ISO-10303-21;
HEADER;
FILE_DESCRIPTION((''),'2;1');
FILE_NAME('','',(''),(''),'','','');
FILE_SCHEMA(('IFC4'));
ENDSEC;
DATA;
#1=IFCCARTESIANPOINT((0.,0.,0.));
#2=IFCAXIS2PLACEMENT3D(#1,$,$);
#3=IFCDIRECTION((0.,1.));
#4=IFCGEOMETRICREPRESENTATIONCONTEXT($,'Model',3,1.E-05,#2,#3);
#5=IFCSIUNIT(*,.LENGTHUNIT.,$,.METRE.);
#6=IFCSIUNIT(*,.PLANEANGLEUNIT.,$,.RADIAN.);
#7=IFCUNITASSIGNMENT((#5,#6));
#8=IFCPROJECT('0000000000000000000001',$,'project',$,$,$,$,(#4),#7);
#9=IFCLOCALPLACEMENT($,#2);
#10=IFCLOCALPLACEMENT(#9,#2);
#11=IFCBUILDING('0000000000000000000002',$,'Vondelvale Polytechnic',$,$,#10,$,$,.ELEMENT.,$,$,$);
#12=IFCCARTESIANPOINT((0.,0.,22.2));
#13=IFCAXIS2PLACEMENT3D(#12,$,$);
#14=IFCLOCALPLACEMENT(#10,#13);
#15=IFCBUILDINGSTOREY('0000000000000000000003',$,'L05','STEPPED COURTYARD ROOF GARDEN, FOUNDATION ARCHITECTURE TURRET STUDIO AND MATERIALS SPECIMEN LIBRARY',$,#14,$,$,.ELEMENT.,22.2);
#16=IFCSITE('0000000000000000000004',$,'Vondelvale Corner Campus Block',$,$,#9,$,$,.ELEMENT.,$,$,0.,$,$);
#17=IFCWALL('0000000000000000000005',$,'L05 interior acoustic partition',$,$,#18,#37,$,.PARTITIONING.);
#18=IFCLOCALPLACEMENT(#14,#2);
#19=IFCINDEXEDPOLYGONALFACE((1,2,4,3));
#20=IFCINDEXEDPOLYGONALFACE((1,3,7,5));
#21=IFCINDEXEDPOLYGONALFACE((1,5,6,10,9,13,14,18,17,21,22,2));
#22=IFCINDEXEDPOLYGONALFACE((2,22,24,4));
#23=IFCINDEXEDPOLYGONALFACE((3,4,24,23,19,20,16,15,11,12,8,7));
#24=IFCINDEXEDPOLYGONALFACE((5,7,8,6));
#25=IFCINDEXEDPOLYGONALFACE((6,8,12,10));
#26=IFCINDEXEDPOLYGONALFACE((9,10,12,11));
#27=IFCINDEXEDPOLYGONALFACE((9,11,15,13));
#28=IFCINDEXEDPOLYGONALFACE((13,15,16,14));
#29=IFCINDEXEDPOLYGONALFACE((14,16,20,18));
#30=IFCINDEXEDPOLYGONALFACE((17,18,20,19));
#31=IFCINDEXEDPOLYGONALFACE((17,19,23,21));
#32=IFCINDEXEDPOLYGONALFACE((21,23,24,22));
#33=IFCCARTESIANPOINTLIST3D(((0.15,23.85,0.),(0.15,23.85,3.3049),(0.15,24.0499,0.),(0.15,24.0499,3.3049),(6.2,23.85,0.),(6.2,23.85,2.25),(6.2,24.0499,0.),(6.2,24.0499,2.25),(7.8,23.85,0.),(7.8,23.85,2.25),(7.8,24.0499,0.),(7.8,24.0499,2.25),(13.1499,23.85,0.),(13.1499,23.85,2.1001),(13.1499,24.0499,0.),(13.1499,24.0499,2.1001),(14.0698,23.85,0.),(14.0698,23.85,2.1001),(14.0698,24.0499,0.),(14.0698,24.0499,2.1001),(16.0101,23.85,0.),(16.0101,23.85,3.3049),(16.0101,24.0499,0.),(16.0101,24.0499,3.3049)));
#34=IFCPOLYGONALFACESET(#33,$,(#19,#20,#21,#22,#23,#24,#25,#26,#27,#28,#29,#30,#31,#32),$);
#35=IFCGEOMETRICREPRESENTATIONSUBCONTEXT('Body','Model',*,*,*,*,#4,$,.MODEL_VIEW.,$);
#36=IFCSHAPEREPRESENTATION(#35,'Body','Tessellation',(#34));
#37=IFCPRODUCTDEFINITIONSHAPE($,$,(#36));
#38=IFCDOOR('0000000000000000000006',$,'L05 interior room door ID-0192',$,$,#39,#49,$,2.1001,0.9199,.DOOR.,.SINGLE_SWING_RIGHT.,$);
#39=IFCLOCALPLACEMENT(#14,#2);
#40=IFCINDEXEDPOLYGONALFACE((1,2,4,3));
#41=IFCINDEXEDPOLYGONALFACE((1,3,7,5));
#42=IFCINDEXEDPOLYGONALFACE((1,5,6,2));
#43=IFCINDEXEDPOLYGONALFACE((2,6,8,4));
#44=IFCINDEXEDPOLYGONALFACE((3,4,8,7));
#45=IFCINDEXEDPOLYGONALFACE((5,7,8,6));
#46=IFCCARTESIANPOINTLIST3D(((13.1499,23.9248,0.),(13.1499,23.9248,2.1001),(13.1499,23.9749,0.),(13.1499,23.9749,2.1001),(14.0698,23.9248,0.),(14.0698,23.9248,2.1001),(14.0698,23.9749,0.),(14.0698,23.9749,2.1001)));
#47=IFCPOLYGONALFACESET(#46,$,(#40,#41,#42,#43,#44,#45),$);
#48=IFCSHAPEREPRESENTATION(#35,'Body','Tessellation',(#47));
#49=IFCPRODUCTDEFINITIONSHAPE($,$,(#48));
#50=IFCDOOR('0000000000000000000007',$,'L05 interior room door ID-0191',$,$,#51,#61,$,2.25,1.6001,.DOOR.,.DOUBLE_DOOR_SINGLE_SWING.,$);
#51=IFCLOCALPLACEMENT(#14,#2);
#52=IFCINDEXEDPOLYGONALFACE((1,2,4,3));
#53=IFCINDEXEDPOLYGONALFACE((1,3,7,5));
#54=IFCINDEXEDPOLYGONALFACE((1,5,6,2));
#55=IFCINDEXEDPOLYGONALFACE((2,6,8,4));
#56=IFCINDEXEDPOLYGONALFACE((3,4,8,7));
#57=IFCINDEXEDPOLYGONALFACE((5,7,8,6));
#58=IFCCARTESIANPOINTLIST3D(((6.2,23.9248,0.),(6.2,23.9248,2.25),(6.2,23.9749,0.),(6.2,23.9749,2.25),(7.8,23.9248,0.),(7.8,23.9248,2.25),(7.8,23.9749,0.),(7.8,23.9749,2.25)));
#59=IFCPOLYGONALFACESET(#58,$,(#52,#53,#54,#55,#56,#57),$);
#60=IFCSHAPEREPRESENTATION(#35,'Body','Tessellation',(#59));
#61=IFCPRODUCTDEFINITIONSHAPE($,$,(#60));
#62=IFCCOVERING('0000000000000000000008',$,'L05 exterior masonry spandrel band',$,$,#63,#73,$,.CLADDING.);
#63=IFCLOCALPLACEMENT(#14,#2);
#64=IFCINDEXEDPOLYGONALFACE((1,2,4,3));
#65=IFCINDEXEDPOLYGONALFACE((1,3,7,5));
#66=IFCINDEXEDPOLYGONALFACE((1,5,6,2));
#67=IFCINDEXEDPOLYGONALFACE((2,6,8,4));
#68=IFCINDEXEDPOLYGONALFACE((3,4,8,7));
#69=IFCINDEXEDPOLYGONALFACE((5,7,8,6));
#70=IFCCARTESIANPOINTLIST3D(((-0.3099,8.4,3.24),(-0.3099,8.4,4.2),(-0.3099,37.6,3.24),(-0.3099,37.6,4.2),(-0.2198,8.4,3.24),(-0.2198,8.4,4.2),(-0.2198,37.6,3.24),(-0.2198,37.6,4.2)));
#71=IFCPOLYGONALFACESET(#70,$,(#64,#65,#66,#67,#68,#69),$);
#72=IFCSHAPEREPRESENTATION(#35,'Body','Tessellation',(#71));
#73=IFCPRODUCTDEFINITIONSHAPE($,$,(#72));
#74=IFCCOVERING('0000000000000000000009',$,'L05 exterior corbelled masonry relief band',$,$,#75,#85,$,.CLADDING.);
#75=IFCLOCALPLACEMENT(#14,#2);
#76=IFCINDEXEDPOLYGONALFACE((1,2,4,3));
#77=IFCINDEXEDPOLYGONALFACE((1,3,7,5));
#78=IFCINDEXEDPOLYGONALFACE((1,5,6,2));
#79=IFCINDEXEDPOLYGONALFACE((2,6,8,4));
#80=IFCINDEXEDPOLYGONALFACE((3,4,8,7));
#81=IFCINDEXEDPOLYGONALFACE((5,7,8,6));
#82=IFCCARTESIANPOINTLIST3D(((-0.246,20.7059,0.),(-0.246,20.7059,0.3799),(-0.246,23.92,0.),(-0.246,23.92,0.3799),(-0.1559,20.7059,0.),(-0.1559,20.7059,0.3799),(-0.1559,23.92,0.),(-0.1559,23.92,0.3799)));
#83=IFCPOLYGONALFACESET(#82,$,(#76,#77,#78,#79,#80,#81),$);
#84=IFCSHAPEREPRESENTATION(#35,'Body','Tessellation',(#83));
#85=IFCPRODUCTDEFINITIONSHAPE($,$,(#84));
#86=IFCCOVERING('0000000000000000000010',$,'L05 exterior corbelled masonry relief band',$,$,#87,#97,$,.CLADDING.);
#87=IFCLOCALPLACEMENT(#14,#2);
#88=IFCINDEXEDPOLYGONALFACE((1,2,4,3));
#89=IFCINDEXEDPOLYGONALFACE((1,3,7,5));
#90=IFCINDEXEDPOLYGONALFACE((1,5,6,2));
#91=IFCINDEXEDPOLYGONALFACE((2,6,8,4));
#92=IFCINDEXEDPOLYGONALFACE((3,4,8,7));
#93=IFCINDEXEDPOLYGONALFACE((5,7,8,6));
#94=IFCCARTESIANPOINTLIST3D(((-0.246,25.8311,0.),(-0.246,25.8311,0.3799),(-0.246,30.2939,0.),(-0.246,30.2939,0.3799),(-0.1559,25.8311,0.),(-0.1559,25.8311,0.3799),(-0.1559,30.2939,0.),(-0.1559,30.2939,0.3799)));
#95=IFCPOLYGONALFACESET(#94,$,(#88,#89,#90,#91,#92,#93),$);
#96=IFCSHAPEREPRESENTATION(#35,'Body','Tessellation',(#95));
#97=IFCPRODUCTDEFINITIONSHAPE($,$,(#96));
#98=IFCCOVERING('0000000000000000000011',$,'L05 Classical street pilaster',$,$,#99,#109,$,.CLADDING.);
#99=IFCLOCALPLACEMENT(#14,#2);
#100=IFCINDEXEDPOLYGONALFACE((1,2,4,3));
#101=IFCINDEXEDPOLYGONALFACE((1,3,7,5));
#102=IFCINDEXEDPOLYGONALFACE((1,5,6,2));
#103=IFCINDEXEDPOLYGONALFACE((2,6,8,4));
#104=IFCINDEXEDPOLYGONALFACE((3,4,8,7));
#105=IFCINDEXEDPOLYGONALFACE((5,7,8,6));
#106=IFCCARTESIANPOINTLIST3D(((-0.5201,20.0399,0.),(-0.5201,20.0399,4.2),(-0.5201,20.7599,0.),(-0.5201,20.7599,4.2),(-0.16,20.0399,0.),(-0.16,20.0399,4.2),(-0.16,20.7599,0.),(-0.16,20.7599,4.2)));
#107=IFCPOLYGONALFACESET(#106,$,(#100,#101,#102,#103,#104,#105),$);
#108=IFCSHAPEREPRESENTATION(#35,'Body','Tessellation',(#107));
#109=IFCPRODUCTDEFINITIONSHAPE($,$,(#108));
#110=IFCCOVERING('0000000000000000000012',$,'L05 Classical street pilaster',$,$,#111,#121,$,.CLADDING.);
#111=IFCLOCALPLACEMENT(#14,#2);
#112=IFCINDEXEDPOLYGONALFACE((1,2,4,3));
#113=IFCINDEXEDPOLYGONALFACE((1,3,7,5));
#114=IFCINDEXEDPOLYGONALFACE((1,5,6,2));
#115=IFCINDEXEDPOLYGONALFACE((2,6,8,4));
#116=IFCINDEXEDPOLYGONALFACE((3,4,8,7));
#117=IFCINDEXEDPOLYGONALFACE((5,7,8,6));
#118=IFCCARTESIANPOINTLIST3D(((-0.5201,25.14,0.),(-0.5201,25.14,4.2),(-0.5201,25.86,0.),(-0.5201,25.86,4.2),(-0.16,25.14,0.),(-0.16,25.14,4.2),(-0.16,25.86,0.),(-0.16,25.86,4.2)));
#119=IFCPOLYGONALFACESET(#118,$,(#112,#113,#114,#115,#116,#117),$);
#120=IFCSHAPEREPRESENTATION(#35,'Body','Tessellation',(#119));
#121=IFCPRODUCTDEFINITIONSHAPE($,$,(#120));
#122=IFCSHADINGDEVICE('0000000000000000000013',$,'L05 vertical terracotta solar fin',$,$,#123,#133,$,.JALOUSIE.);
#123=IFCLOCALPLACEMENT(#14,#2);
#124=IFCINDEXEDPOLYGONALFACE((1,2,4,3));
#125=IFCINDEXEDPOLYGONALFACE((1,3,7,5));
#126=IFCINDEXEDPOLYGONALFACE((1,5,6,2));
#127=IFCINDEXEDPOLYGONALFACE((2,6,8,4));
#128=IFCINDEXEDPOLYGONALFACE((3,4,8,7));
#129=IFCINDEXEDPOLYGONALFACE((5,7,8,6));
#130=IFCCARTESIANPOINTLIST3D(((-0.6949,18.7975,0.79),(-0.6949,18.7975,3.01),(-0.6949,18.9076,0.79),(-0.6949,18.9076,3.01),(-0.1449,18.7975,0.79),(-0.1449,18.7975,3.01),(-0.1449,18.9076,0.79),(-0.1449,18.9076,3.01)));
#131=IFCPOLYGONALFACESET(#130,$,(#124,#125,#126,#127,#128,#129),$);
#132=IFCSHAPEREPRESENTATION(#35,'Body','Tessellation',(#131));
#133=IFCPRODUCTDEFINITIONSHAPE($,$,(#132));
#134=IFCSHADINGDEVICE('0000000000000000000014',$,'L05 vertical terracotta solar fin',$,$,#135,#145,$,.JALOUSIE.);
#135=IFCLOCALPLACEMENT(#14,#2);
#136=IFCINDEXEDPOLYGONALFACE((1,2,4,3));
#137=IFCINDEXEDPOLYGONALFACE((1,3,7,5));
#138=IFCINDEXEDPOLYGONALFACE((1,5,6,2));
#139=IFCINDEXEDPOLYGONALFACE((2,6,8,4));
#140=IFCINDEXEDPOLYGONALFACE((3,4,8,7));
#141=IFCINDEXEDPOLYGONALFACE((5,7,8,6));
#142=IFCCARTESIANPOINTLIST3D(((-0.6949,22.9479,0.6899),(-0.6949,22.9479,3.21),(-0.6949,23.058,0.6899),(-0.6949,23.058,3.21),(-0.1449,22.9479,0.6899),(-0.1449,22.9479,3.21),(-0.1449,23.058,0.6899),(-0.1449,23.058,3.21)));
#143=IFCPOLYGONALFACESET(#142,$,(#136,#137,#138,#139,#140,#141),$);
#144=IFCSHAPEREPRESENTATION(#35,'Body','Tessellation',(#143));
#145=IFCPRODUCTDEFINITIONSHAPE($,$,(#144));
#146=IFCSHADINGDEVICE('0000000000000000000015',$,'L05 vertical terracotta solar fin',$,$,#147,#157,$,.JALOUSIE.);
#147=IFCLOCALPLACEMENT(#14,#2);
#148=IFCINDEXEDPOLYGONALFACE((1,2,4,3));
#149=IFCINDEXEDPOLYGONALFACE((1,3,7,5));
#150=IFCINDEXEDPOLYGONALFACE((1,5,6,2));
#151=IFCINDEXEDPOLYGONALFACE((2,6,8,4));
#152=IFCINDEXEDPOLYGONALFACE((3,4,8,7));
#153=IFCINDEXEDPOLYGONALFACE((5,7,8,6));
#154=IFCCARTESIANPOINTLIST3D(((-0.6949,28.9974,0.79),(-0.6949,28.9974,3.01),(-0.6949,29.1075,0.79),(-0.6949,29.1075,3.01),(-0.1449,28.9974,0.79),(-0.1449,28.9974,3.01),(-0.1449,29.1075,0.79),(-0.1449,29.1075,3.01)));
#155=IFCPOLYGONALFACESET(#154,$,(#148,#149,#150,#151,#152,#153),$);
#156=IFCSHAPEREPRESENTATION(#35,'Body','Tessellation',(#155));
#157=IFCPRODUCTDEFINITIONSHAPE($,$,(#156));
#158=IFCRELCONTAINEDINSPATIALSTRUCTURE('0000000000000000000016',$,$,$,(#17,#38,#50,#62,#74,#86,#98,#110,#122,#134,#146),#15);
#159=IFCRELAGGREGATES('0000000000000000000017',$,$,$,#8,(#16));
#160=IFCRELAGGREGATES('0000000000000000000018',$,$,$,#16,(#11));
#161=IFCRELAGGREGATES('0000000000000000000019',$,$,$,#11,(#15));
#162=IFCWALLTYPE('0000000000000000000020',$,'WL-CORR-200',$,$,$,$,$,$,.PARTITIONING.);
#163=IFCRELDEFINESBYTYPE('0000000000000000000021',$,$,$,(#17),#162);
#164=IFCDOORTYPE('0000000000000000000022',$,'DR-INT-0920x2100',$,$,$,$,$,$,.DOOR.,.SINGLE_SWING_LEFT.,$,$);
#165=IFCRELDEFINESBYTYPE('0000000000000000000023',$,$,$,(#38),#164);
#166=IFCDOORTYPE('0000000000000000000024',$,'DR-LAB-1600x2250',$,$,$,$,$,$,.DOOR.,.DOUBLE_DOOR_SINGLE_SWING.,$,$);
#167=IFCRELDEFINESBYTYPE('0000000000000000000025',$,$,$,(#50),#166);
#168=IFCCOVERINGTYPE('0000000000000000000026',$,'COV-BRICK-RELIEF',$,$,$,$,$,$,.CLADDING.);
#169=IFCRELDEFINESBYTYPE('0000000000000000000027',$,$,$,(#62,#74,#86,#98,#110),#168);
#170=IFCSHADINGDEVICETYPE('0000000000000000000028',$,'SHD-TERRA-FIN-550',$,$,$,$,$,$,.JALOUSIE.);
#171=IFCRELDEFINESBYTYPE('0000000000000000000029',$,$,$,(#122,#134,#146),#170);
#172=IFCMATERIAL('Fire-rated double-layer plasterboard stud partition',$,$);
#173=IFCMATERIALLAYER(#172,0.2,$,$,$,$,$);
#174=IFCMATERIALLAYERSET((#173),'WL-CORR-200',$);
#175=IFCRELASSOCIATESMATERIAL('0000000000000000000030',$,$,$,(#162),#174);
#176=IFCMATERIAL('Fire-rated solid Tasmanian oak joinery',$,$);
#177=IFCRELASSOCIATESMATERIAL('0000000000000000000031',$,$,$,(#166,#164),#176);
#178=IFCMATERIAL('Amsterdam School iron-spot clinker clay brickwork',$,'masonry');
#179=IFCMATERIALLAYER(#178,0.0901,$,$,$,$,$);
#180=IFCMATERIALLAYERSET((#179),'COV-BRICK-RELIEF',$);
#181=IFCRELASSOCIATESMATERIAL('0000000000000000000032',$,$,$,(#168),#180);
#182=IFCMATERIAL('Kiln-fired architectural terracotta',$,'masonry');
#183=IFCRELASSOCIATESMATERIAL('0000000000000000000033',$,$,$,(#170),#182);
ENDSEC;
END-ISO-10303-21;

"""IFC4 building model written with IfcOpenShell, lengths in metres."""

from ifc_helpers import new_model, si_unit, direction, frame, frame_2d, origin, origin_2d, place, context, subcontext, project, spatial, rectangle, extrude, material, layer, layer_set, type_object, element, fill, save


model = new_model("IFC4")

# Units and contexts
model_context = context("Model", 3, precision=1e-05, world=origin(), true_north=direction((0.0, 1.0)))
body_context = subcontext(model_context, "Body", "Model", "MODEL_VIEW")
ifc_project = project(units=[si_unit("LENGTHUNIT", "METRE"), si_unit("PLANEANGLEUNIT", "RADIAN")], contexts=[model_context])

# Site, building, storey
site_placement = place(None, origin())
site = spatial("IfcSite", under=ifc_project, at=site_placement, Name="Vondelvale Corner Campus Block", CompositionType="ELEMENT", RefElevation=0.0)
building_placement = place(site_placement, origin())
building = spatial("IfcBuilding", under=site, at=building_placement, Name="Vondelvale Polytechnic", CompositionType="ELEMENT")
storey_placement = place(building_placement, frame((0.0, 0.0, 22.2)))
storey = spatial("IfcBuildingStorey", under=building, at=storey_placement, Name="L05", Description="STEPPED COURTYARD ROOF GARDEN, FOUNDATION ARCHITECTURE TURRET STUDIO AND MATERIALS SPECIMEN LIBRARY", CompositionType="ELEMENT", Elevation=22.2)

# Shared definitions
ifc_material_1 = material(Name="Amsterdam School iron-spot clinker clay brickwork", Category="masonry")

# Shared definitions
ifc_material_2 = material(Name="Fire-rated double-layer plasterboard stud partition")
ifc_layer_1 = layer(ifc_material_2, 0.2)
ifc_layer_set_1 = layer_set([ifc_layer_1], Name="WL-CORR-200")
wall_type_1 = type_object("IfcWallType", Name="WL-CORR-200", PredefinedType="PARTITIONING", material=ifc_layer_set_1)
ifc_material_3 = material(Name="Fire-rated solid Tasmanian oak joinery")
door_type_1 = type_object("IfcDoorType", Name="DR-LAB-1600x2250", OperationType="DOUBLE_DOOR_SINGLE_SWING", PredefinedType="DOOR", material=ifc_material_3)

# Wall, openings, doors
wall_1_placement = place(storey_placement, frame((0.1499, 23.95, 0.0), z_axis=(0.0, 0.0, 1.0), x_axis=(1.0, 0.0, 0.0)))
wall_1 = element("IfcWall", 1, at=wall_1_placement, inside=storey, type_object=wall_type_1, Name="L05 interior acoustic partition", PredefinedType="PARTITIONING", context=body_context, shape_type="SweptSolid", body=[
    extrude(rectangle(XDim=15.8601, YDim=0.2, at=frame_2d((7.9302, 0.0))), origin(), (0.0, 0.0, 1.0), 3.3049),
])
opening_1_placement = place(wall_1_placement, frame((6.05, 0.0, 0.0)))
opening_1 = element("IfcOpeningElement", 2, at=opening_1_placement, cuts=wall_1, PredefinedType="OPENING", context=body_context, shape_type="SweptSolid", body=[
    extrude(rectangle(XDim=1.6001, YDim=2.25, at=frame_2d((0.8, 1.125))), frame((0.0, 0.1099, 0.0), z_axis=(0.0, -1.0, 0.0), x_axis=(1.0, 0.0, 0.0)), (0.0, 0.0, 1.0), 0.22),
])
opening_2_placement = place(wall_1_placement, frame((13.0, 0.0, 0.0)))
opening_2 = element("IfcOpeningElement", 3, at=opening_2_placement, cuts=wall_1, PredefinedType="OPENING", context=body_context, shape_type="SweptSolid", body=[
    extrude(rectangle(XDim=0.9199, YDim=2.1001, at=frame_2d((0.46, 1.05))), frame((0.0, 0.1099, 0.0), z_axis=(0.0, -1.0, 0.0), x_axis=(1.0, 0.0, 0.0)), (0.0, 0.0, 1.0), 0.22),
])
door_type_2 = type_object("IfcDoorType", Name="DR-INT-0920x2100", OperationType="SINGLE_SWING_LEFT", PredefinedType="DOOR", material=ifc_material_3)
door_1_placement = place(opening_2_placement, origin())
door_1 = element("IfcDoor", 4, at=door_1_placement, inside=storey, type_object=door_type_2, Name="L05 interior room door ID-0192", OperationType="SINGLE_SWING_RIGHT", OverallHeight=2.1001, OverallWidth=0.9199, PredefinedType="DOOR", context=body_context, shape_type="SweptSolid", body=[
    extrude(rectangle(XDim=0.9199, YDim=2.1001, at=frame_2d((0.46, 1.05))), frame((0.0, 0.0249, 0.0), z_axis=(0.0, -1.0, 0.0), x_axis=(1.0, 0.0, 0.0)), (0.0, 0.0, 1.0), 0.05),
])
fill(opening_2, door_1)
door_2_placement = place(opening_1_placement, origin())
door_2 = element("IfcDoor", 5, at=door_2_placement, inside=storey, type_object=door_type_1, Name="L05 interior room door ID-0191", OperationType="DOUBLE_DOOR_SINGLE_SWING", OverallHeight=2.25, OverallWidth=1.6001, PredefinedType="DOOR", context=body_context, shape_type="SweptSolid", body=[
    extrude(rectangle(XDim=1.6001, YDim=2.25, at=frame_2d((0.8, 1.125))), frame((0.0, 0.0249, 0.0), z_axis=(0.0, -1.0, 0.0), x_axis=(1.0, 0.0, 0.0)), (0.0, 0.0, 1.0), 0.05),
])
fill(opening_1, door_2)

# Coverings
ifc_layer_2 = layer(ifc_material_1, 0.0901)
ifc_layer_set_2 = layer_set([ifc_layer_2], Name="COV-BRICK-RELIEF")
covering_type = type_object("IfcCoveringType", Name="COV-BRICK-RELIEF", PredefinedType="CLADDING", material=ifc_layer_set_2)
covering_1_placement = place(storey_placement, frame((-0.2649, 23.0, 3.24), z_axis=(0.0, 0.0, 1.0), x_axis=(0.0, 1.0, 0.0)))
element("IfcCovering", 6, at=covering_1_placement, inside=storey, type_object=covering_type, Name="L05 exterior masonry spandrel band", PredefinedType="CLADDING", context=body_context, shape_type="SweptSolid", body=[
    extrude(rectangle(XDim=29.2, YDim=0.0901, at=origin_2d()), origin(), (0.0, 0.0, 1.0), 0.96),
])
covering_2_placement = place(storey_placement, frame((-0.2009, 22.313, 0.0), z_axis=(0.0, 0.0, 1.0), x_axis=(0.0, 1.0, 0.0)))
element("IfcCovering", 7, at=covering_2_placement, inside=storey, type_object=covering_type, Name="L05 exterior corbelled masonry relief band", PredefinedType="CLADDING", context=body_context, shape_type="SweptSolid", body=[
    extrude(rectangle(XDim=3.2141, YDim=0.0901, at=origin_2d()), origin(), (0.0, 0.0, 1.0), 0.3799),
])
covering_3_placement = place(storey_placement, frame((-0.2009, 28.0625, 0.0), z_axis=(0.0, 0.0, 1.0), x_axis=(0.0, 1.0, 0.0)))
element("IfcCovering", 8, at=covering_3_placement, inside=storey, type_object=covering_type, Name="L05 exterior corbelled masonry relief band", PredefinedType="CLADDING", context=body_context, shape_type="SweptSolid", body=[
    extrude(rectangle(XDim=4.4629, YDim=0.0901, at=origin_2d()), origin(), (0.0, 0.0, 1.0), 0.3799),
])
for number, where, z_axis, x_axis, name in (
    (9, (-0.3401, 20.3999, 0.0), (0.0, 0.0, 1.0), (1.0, 0.0, 0.0), "L05 Classical street pilaster"),
    (10, (-0.3401, 25.5, 0.0), (0.0, 0.0, 1.0), (1.0, 0.0, 0.0), "L05 Classical street pilaster"),
):
    element("IfcCovering", number, at=place(storey_placement, frame(where, z_axis=z_axis, x_axis=x_axis)), inside=storey, type_object=covering_type, Name=name, PredefinedType="CLADDING", context=body_context, shape_type="SweptSolid", body=[
        extrude(rectangle(XDim=0.3601, YDim=0.72, at=origin_2d()), origin(), (0.0, 0.0, 1.0), 4.2),
    ])

# Shading devices
ifc_material_4 = material(Name="Kiln-fired architectural terracotta", Category="masonry")
shading_device_type = type_object("IfcShadingDeviceType", Name="SHD-TERRA-FIN-550", PredefinedType="JALOUSIE", material=ifc_material_4)
shading_device_1_placement = place(storey_placement, frame((-0.4199, 18.8525, 0.79), z_axis=(0.0, 0.0, 1.0), x_axis=(0.0, 1.0, 0.0)))
element("IfcShadingDevice", 11, at=shading_device_1_placement, inside=storey, type_object=shading_device_type, Name="L05 vertical terracotta solar fin", PredefinedType="JALOUSIE", context=body_context, shape_type="SweptSolid", body=[
    extrude(rectangle(XDim=0.1101, YDim=0.55, at=origin_2d()), origin(), (0.0, 0.0, 1.0), 2.22),
])
shading_device_2_placement = place(storey_placement, frame((-0.4199, 23.0029, 0.6899), z_axis=(0.0, 0.0, 1.0), x_axis=(0.0, 1.0, 0.0)))
element("IfcShadingDevice", 12, at=shading_device_2_placement, inside=storey, type_object=shading_device_type, Name="L05 vertical terracotta solar fin", PredefinedType="JALOUSIE", context=body_context, shape_type="SweptSolid", body=[
    extrude(rectangle(XDim=0.1101, YDim=0.55, at=origin_2d()), origin(), (0.0, 0.0, 1.0), 2.52),
])
shading_device_3_placement = place(storey_placement, frame((-0.4199, 29.0525, 0.79), z_axis=(0.0, 0.0, 1.0), x_axis=(0.0, 1.0, 0.0)))
element("IfcShadingDevice", 13, at=shading_device_3_placement, inside=storey, type_object=shading_device_type, Name="L05 vertical terracotta solar fin", PredefinedType="JALOUSIE", context=body_context, shape_type="SweptSolid", body=[
    extrude(rectangle(XDim=0.1101, YDim=0.55, at=origin_2d()), origin(), (0.0, 0.0, 1.0), 2.22),
])

save(model, "model.ifc")
